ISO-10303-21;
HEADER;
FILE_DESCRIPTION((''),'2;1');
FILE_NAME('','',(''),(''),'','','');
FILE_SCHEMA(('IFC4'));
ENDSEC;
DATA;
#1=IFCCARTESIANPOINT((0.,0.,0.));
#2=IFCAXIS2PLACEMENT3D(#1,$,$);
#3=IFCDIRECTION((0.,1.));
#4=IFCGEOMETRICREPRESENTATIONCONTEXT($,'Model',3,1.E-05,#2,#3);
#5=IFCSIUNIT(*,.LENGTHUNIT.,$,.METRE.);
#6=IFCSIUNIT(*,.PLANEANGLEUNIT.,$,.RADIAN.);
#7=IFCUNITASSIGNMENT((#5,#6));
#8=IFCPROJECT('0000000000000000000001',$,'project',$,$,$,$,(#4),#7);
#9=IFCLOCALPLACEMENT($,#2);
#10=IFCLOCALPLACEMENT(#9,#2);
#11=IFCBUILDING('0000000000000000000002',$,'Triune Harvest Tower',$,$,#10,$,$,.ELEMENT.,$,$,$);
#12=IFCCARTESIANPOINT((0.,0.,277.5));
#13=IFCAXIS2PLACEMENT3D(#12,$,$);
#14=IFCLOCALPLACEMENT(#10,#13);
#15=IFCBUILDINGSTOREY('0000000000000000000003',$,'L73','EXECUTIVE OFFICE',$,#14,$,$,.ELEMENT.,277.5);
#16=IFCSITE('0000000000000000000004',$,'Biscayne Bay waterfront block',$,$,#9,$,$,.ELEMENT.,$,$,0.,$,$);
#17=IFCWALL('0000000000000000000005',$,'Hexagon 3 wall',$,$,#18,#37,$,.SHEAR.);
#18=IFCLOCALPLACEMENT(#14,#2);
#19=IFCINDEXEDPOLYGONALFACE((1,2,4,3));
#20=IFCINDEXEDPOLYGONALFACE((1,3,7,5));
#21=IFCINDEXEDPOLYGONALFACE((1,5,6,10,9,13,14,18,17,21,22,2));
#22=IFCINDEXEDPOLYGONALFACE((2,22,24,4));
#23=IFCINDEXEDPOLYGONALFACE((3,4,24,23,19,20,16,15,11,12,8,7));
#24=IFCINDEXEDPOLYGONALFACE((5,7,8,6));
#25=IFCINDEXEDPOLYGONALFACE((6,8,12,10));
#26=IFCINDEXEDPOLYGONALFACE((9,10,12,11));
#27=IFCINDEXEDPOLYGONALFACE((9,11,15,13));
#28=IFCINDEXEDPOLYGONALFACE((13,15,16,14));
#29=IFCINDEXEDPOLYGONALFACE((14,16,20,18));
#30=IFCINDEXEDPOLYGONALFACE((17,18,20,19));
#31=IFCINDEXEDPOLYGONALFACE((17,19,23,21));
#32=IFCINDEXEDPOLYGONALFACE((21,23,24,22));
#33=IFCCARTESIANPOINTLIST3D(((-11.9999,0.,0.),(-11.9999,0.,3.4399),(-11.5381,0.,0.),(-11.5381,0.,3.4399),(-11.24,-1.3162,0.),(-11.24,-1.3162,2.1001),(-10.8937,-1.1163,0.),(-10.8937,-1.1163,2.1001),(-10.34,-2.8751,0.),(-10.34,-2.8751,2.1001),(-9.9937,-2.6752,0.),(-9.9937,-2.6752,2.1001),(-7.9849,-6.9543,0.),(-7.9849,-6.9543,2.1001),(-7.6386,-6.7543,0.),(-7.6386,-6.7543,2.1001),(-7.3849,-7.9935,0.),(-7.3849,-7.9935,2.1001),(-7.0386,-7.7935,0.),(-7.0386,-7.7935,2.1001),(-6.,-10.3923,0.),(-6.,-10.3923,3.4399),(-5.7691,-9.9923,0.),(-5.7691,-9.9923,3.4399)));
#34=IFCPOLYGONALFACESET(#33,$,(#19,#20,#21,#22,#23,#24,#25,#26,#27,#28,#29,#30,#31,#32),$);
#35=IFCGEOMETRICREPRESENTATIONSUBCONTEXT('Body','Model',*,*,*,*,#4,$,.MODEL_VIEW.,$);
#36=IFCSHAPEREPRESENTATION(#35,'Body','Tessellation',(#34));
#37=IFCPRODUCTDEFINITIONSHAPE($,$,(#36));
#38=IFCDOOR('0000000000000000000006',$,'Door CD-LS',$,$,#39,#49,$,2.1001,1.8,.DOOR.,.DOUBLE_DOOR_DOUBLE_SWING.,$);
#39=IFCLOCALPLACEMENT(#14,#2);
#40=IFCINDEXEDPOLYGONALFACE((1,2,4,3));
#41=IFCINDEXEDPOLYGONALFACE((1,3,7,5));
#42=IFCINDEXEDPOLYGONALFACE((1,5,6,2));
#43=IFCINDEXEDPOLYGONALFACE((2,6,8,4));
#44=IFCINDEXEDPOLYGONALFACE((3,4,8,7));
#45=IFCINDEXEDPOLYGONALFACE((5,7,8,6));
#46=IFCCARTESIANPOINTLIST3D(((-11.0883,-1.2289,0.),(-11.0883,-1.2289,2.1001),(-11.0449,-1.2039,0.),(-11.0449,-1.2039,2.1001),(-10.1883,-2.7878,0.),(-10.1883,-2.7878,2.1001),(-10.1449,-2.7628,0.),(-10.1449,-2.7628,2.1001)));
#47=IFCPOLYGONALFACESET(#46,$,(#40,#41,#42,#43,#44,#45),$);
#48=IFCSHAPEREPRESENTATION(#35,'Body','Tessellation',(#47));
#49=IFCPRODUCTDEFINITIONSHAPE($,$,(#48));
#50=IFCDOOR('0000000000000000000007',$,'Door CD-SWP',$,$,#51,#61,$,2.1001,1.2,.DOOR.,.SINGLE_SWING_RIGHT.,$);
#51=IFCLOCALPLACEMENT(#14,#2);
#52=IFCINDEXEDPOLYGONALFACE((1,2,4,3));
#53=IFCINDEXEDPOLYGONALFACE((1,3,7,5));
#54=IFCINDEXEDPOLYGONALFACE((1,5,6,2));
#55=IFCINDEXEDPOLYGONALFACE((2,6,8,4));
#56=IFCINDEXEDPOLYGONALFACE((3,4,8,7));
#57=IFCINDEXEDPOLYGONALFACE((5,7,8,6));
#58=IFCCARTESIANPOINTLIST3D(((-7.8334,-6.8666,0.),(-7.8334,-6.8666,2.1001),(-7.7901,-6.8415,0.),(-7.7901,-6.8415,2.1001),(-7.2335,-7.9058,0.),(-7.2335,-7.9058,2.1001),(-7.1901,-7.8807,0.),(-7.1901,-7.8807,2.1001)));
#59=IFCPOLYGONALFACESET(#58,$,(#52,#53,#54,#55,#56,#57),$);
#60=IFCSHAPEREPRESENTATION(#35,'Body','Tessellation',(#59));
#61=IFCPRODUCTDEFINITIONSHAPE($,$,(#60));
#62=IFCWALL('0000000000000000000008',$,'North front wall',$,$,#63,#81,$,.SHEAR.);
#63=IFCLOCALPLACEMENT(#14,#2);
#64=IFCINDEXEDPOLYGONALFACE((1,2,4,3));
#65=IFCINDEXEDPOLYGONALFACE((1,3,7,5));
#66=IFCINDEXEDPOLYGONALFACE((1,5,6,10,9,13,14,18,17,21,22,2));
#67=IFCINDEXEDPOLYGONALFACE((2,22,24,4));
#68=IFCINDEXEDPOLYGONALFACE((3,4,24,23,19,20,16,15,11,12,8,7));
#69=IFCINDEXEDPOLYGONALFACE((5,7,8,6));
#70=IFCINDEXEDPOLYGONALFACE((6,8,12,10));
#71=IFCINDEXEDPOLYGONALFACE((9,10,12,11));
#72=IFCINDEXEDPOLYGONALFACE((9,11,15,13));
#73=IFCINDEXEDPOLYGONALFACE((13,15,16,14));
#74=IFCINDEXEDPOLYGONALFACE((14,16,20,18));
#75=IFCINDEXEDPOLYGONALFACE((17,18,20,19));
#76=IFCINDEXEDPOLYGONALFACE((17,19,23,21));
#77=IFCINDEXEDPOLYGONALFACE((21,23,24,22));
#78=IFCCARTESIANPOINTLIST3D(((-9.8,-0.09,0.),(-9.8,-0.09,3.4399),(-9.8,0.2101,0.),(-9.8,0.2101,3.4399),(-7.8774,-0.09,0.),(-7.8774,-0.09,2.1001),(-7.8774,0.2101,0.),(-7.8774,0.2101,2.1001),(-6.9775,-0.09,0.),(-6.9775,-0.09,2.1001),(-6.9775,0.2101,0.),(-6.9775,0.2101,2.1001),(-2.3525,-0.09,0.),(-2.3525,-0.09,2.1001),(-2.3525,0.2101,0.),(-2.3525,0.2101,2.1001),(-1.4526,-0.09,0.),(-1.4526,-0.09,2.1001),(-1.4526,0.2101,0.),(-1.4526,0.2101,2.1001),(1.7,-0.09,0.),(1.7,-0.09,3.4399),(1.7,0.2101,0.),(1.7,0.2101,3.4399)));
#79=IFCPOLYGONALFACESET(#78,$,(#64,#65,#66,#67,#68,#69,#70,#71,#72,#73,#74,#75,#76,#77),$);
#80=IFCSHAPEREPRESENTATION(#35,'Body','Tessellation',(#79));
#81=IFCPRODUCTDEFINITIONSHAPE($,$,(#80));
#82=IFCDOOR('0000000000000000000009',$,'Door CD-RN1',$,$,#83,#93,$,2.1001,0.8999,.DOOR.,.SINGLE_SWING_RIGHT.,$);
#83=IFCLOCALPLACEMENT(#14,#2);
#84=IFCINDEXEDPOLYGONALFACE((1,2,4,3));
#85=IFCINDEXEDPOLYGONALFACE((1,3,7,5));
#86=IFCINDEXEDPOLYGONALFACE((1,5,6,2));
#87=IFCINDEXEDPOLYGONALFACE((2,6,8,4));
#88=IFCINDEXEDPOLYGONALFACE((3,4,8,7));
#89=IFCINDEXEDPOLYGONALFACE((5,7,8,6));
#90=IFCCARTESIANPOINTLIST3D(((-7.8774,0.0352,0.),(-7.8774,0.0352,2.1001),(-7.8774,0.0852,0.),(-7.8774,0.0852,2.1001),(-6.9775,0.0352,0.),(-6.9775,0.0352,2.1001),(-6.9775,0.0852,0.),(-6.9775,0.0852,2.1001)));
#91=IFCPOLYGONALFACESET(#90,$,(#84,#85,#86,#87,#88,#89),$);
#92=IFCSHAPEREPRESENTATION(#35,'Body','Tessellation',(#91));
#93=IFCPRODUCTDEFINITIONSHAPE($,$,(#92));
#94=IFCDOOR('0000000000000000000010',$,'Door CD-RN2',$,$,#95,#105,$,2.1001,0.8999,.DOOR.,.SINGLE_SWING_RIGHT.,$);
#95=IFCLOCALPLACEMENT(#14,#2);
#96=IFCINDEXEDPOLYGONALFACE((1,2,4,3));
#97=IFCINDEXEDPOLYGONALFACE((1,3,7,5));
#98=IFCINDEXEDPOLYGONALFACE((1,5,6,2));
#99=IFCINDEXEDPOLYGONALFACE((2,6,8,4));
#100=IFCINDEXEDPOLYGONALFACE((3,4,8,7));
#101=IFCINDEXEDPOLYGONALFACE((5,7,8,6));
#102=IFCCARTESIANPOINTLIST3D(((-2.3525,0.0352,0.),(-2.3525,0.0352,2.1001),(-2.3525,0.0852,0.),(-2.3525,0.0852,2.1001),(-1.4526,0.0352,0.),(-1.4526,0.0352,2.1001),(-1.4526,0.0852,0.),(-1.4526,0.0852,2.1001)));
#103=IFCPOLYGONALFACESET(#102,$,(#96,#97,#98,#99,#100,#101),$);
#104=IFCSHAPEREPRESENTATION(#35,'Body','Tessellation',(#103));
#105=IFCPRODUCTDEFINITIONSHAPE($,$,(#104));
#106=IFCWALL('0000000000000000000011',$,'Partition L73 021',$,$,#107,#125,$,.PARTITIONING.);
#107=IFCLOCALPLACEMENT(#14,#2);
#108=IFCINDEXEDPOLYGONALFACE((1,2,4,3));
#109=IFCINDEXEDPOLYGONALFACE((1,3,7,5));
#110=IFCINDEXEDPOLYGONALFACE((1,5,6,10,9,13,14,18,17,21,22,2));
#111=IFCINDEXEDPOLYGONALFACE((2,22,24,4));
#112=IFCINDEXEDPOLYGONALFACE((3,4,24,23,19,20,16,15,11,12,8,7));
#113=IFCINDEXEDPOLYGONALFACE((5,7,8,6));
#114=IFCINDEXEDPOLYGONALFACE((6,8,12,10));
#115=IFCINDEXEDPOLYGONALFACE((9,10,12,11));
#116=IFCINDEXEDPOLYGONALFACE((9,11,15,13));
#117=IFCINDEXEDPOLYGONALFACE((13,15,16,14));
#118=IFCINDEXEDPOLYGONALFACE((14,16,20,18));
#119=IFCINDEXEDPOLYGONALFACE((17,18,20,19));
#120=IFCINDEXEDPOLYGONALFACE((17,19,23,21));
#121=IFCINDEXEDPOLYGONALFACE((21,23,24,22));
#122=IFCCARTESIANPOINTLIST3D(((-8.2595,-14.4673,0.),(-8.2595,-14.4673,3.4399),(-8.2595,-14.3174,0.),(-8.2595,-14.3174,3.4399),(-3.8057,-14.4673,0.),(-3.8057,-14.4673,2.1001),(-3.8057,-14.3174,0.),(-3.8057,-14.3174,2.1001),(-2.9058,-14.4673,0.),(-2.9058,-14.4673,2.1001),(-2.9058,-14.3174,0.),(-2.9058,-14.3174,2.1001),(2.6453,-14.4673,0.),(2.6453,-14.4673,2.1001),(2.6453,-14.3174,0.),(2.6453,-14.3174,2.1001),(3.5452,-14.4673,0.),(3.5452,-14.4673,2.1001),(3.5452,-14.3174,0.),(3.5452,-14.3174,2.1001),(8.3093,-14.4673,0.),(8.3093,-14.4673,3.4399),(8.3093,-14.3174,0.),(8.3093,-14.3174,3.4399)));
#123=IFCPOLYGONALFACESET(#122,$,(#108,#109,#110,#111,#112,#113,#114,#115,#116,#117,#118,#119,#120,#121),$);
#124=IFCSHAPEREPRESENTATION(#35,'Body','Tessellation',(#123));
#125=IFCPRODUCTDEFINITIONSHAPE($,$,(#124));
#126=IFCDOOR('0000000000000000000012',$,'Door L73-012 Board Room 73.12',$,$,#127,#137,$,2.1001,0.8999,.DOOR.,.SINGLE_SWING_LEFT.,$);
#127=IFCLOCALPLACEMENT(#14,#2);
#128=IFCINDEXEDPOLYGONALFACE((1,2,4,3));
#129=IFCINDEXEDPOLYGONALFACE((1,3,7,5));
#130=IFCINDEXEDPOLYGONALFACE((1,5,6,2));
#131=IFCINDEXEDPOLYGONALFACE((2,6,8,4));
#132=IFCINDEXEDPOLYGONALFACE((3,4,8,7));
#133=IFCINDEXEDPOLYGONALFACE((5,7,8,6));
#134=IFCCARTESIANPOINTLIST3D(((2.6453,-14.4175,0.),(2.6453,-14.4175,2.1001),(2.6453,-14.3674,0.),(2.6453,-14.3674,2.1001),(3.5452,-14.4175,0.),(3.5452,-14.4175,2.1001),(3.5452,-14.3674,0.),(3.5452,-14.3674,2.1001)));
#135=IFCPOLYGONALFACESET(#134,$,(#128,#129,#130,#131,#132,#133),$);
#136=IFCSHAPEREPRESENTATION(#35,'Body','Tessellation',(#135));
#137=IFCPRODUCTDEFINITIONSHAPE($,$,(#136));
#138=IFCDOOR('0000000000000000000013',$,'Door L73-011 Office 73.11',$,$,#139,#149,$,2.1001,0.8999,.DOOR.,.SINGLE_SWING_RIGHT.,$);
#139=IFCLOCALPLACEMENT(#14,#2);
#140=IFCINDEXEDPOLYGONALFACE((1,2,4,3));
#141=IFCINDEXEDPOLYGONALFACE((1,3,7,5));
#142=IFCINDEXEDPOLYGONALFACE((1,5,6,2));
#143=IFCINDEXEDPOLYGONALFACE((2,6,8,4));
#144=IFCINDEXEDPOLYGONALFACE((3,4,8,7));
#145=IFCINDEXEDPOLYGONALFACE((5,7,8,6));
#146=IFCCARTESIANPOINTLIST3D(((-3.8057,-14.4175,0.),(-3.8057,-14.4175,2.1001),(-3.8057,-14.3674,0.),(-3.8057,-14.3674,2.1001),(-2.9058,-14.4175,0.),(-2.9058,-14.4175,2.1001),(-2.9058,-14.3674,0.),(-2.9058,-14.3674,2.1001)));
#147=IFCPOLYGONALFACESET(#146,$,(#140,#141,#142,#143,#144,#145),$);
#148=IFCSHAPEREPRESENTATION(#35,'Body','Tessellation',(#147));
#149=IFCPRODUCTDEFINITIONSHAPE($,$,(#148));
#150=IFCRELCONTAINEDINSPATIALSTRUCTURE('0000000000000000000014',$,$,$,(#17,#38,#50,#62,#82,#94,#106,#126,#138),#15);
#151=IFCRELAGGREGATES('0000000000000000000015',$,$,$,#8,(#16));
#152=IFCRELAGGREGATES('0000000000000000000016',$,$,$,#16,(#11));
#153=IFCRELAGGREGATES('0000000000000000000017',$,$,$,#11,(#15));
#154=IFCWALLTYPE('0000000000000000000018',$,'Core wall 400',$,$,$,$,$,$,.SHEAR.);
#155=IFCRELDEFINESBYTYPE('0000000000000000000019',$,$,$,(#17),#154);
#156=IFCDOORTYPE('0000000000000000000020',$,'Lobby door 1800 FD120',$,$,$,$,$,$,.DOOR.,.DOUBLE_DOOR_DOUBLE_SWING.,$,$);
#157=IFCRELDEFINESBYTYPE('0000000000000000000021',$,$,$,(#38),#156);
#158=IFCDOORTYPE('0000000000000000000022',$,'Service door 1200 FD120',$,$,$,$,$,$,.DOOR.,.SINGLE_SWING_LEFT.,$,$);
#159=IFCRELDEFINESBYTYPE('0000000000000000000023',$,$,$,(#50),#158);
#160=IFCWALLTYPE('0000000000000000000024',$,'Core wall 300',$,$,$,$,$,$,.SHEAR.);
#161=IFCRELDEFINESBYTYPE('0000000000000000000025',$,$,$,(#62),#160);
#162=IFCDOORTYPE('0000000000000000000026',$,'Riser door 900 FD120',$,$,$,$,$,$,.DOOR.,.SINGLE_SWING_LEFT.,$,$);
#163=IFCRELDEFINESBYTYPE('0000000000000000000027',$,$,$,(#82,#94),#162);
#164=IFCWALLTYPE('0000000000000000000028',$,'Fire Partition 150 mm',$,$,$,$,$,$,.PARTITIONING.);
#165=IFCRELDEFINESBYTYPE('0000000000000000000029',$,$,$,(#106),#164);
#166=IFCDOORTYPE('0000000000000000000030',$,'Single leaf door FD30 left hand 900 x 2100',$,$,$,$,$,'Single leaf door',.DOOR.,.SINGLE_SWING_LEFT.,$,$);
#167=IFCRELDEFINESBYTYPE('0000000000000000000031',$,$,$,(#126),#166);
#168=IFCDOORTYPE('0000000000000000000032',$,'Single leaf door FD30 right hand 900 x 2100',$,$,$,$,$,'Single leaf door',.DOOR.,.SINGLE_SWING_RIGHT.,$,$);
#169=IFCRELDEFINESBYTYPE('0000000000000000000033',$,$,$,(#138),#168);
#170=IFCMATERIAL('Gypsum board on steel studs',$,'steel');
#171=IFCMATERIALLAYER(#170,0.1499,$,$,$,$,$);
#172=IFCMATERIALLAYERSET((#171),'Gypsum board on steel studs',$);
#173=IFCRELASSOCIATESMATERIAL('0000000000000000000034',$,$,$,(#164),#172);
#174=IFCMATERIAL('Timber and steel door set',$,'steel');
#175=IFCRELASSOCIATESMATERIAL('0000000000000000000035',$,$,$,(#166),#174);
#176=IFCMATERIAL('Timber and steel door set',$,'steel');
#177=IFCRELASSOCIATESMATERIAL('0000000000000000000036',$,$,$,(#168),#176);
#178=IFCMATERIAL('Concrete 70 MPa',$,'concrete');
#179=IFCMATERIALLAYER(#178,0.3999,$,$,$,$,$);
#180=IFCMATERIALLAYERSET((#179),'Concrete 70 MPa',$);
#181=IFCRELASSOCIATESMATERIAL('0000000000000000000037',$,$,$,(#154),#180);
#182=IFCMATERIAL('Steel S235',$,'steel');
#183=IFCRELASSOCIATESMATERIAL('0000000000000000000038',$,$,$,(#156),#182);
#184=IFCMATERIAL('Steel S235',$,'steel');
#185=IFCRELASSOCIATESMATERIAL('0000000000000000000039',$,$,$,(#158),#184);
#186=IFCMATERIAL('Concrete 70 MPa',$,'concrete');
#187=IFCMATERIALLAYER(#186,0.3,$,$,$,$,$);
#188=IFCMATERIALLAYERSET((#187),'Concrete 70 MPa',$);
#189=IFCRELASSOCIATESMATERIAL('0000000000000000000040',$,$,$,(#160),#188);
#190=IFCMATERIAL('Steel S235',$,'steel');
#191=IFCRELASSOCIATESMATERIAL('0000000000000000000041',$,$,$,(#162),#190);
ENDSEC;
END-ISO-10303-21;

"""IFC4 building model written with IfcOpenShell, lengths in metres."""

from ifc_helpers import new_model, si_unit, direction, frame, frame_2d, origin, place, context, subcontext, project, spatial, polyline, rectangle, outline, extrude, source, transform, mapped, material, layer, layer_set, type_object, element, fill, save


model = new_model("IFC4")

# Units and contexts
model_context = context("Model", 3, precision=1e-05, world=origin(), true_north=direction((0.0, 1.0)))
body_context = subcontext(model_context, "Body", "Model", "MODEL_VIEW")
ifc_project = project(units=[si_unit("LENGTHUNIT", "METRE"), si_unit("PLANEANGLEUNIT", "RADIAN")], contexts=[model_context])

# Site, building, storey
site_placement = place(None, origin())
site = spatial("IfcSite", under=ifc_project, at=site_placement, Name="Biscayne Bay waterfront block", CompositionType="ELEMENT", RefElevation=0.0)
building_placement = place(site_placement, origin())
building = spatial("IfcBuilding", under=site, at=building_placement, Name="Triune Harvest Tower", CompositionType="ELEMENT")
storey_placement = place(building_placement, frame((0.0, 0.0, 277.5)))
storey = spatial("IfcBuildingStorey", under=building, at=storey_placement, Name="L73", Description="EXECUTIVE OFFICE", CompositionType="ELEMENT", Elevation=277.5)

# Shared definitions
ifc_material_1 = material(Name="Gypsum board on steel studs", Category="steel")
ifc_layer_1 = layer(ifc_material_1, 0.1499)
ifc_layer_set_1 = layer_set([ifc_layer_1], Name="Gypsum board on steel studs")
wall_type_1 = type_object("IfcWallType", Name="Fire Partition 150 mm", PredefinedType="PARTITIONING", material=ifc_layer_set_1)
ifc_material_2 = material(Name="Timber and steel door set", Category="steel")
door_type_1 = type_object("IfcDoorType", Name="Single leaf door FD30 left hand 900 x 2100", ElementType="Single leaf door", OperationType="SINGLE_SWING_LEFT", PredefinedType="DOOR", material=ifc_material_2)
ifc_material_3 = material(Name="Timber and steel door set", Category="steel")
door_type_2 = type_object("IfcDoorType", Name="Single leaf door FD30 right hand 900 x 2100", ElementType="Single leaf door", OperationType="SINGLE_SWING_RIGHT", PredefinedType="DOOR", material=ifc_material_3)

# Walls, openings, doors
ifc_material_4 = material(Name="Concrete 70 MPa", Category="concrete")
ifc_layer_2 = layer(ifc_material_4, 0.3999)
ifc_layer_set_2 = layer_set([ifc_layer_2], Name="Concrete 70 MPa")
wall_type_2 = type_object("IfcWallType", Name="Core wall 400", PredefinedType="SHEAR", material=ifc_layer_set_2)
shared_shape_1 = source(origin(), body_context, "Body", "SweptSolid", [
    extrude(outline(polyline([(-0.1155, -0.2), (11.8845, -0.2), (11.6536, 0.2), (0.1155, 0.2), (-0.1155, -0.2)])), origin(), (0.0, 0.0, 1.0), 3.4399),
])
wall_1_placement = place(storey_placement, frame((-11.769, 0.0, 0.0), z_axis=(0.0, 0.0, 1.0), x_axis=(0.499997, -0.866027, 0.0)))
wall_1 = element("IfcWall", 1, at=wall_1_placement, inside=storey, type_object=wall_type_2, Name="Hexagon 3 wall", PredefinedType="SHEAR", context=body_context, shape_type="MappedRepresentation", body=[
    mapped(shared_shape_1, transform((0.0, 0.0, 0.0), scale=1.0)),
])
opening_1_placement = place(wall_1_placement, frame((1.4045, 0.0, 0.0)))
opening_1 = element("IfcOpeningElement", 2, at=opening_1_placement, cuts=wall_1, PredefinedType="OPENING", context=body_context, shape_type="SweptSolid", body=[
    extrude(rectangle(XDim=1.8, YDim=2.1001, at=frame_2d((0.8999, 1.05))), frame((0.0, 0.21, 0.0), z_axis=(0.0, -1.0, 0.0), x_axis=(1.0, 0.0, 0.0)), (0.0, 0.0, 1.0), 0.4199),
])
opening_2_placement = place(wall_1_placement, frame((7.9146, 0.0, 0.0)))
opening_2 = element("IfcOpeningElement", 3, at=opening_2_placement, cuts=wall_1, PredefinedType="OPENING", context=body_context, shape_type="SweptSolid", body=[
    extrude(rectangle(XDim=1.2, YDim=2.1001, at=frame_2d((0.6001, 1.05))), frame((0.0, 0.21, 0.0), z_axis=(0.0, -1.0, 0.0), x_axis=(1.0, 0.0, 0.0)), (0.0, 0.0, 1.0), 0.4199),
])
ifc_material_5 = material(Name="Steel S235", Category="steel")
door_type_3 = type_object("IfcDoorType", Name="Lobby door 1800 FD120", OperationType="DOUBLE_DOOR_DOUBLE_SWING", PredefinedType="DOOR", material=ifc_material_5)
door_1_placement = place(opening_1_placement, frame((1.8, 0.0, 0.0), z_axis=(0.0, 0.0, 1.0), x_axis=(-1.0, 0.0, 0.0)))
door_1 = element("IfcDoor", 4, at=door_1_placement, inside=storey, type_object=door_type_3, Name="Door CD-LS", OperationType="DOUBLE_DOOR_DOUBLE_SWING", OverallHeight=2.1001, OverallWidth=1.8, PredefinedType="DOOR", context=body_context, shape_type="SweptSolid", body=[
    extrude(rectangle(XDim=1.8, YDim=2.1001, at=frame_2d((0.8999, 1.05))), frame((0.0, 0.0249, 0.0), z_axis=(0.0, -1.0, 0.0), x_axis=(1.0, 0.0, 0.0)), (0.0, 0.0, 1.0), 0.05),
])
fill(opening_1, door_1)
ifc_material_6 = material(Name="Steel S235", Category="steel")
door_type_4 = type_object("IfcDoorType", Name="Service door 1200 FD120", OperationType="SINGLE_SWING_LEFT", PredefinedType="DOOR", material=ifc_material_6)
door_2_placement = place(opening_2_placement, frame((1.2, 0.0, 0.0), z_axis=(0.0, 0.0, 1.0), x_axis=(-1.0, 0.0, 0.0)))
door_2 = element("IfcDoor", 5, at=door_2_placement, inside=storey, type_object=door_type_4, Name="Door CD-SWP", OperationType="SINGLE_SWING_RIGHT", OverallHeight=2.1001, OverallWidth=1.2, PredefinedType="DOOR", context=body_context, shape_type="SweptSolid", body=[
    extrude(rectangle(XDim=1.2, YDim=2.1001, at=frame_2d((0.6001, 1.05))), frame((0.0, 0.0249, 0.0), z_axis=(0.0, -1.0, 0.0), x_axis=(1.0, 0.0, 0.0)), (0.0, 0.0, 1.0), 0.05),
])
fill(opening_2, door_2)
ifc_material_7 = material(Name="Concrete 70 MPa", Category="concrete")
ifc_layer_3 = layer(ifc_material_7, 0.3)
ifc_layer_set_3 = layer_set([ifc_layer_3], Name="Concrete 70 MPa")
wall_type_3 = type_object("IfcWallType", Name="Core wall 300", PredefinedType="SHEAR", material=ifc_layer_set_3)
shared_shape_2 = source(origin(), body_context, "Body", "SweptSolid", [
    extrude(rectangle(XDim=11.5, YDim=0.3, at=frame_2d((5.75, 0.0))), origin(), (0.0, 0.0, 1.0), 3.4399),
])
wall_2_placement = place(storey_placement, frame((-9.8, 0.0601, 0.0), z_axis=(0.0, 0.0, 1.0), x_axis=(1.0, 0.0, 0.0)))
wall_2 = element("IfcWall", 6, at=wall_2_placement, inside=storey, type_object=wall_type_3, Name="North front wall", PredefinedType="SHEAR", context=body_context, shape_type="MappedRepresentation", body=[
    mapped(shared_shape_2, transform((0.0, 0.0, 0.0), scale=1.0)),
])
opening_3_placement = place(wall_2_placement, frame((1.9226, 0.0, 0.0)))
opening_3 = element("IfcOpeningElement", 7, at=opening_3_placement, cuts=wall_2, PredefinedType="OPENING", context=body_context, shape_type="SweptSolid", body=[
    extrude(rectangle(XDim=0.8999, YDim=2.1001, at=frame_2d((0.45, 1.05))), frame((0.0, 0.1602, 0.0), z_axis=(0.0, -1.0, 0.0), x_axis=(1.0, 0.0, 0.0)), (0.0, 0.0, 1.0), 0.3201),
])
opening_4_placement = place(wall_2_placement, frame((7.4475, 0.0, 0.0)))
opening_4 = element("IfcOpeningElement", 8, at=opening_4_placement, cuts=wall_2, PredefinedType="OPENING", context=body_context, shape_type="SweptSolid", body=[
    extrude(rectangle(XDim=0.8999, YDim=2.1001, at=frame_2d((0.45, 1.05))), frame((0.0, 0.1602, 0.0), z_axis=(0.0, -1.0, 0.0), x_axis=(1.0, 0.0, 0.0)), (0.0, 0.0, 1.0), 0.3201),
])
ifc_material_8 = material(Name="Steel S235", Category="steel")
door_type_5 = type_object("IfcDoorType", Name="Riser door 900 FD120", OperationType="SINGLE_SWING_LEFT", PredefinedType="DOOR", material=ifc_material_8)
door_3_placement = place(opening_3_placement, frame((0.8999, 0.0, 0.0), z_axis=(0.0, 0.0, 1.0), x_axis=(-1.0, 0.0, 0.0)))
door_3 = element("IfcDoor", 9, at=door_3_placement, inside=storey, type_object=door_type_5, Name="Door CD-RN1", OperationType="SINGLE_SWING_RIGHT", OverallHeight=2.1001, OverallWidth=0.8999, PredefinedType="DOOR", context=body_context, shape_type="SweptSolid", body=[
    extrude(rectangle(XDim=0.8999, YDim=2.1001, at=frame_2d((0.45, 1.05))), frame((0.0, 0.0249, 0.0), z_axis=(0.0, -1.0, 0.0), x_axis=(1.0, 0.0, 0.0)), (0.0, 0.0, 1.0), 0.05),
])
fill(opening_3, door_3)
door_4_placement = place(opening_4_placement, frame((0.8999, 0.0, 0.0), z_axis=(0.0, 0.0, 1.0), x_axis=(-1.0, 0.0, 0.0)))
door_4 = element("IfcDoor", 10, at=door_4_placement, inside=storey, type_object=door_type_5, Name="Door CD-RN2", OperationType="SINGLE_SWING_RIGHT", OverallHeight=2.1001, OverallWidth=0.8999, PredefinedType="DOOR", context=body_context, shape_type="SweptSolid", body=[
    extrude(rectangle(XDim=0.8999, YDim=2.1001, at=frame_2d((0.45, 1.05))), frame((0.0, 0.0249, 0.0), z_axis=(0.0, -1.0, 0.0), x_axis=(1.0, 0.0, 0.0)), (0.0, 0.0, 1.0), 0.05),
])
fill(opening_4, door_4)

# Wall, openings, doors
shared_shape_3 = source(origin(), body_context, "Body", "SweptSolid", [
    extrude(rectangle(XDim=16.5688, YDim=0.1499, at=frame_2d((8.2844, 0.0))), origin(), (0.0, 0.0, 1.0), 3.4399),
])
wall_3_placement = place(storey_placement, frame((-8.2595, -14.3923, 0.0), z_axis=(0.0, 0.0, 1.0), x_axis=(1.0, 0.0, 0.0)))
wall_3 = element("IfcWall", 11, at=wall_3_placement, inside=storey, type_object=wall_type_1, Name="Partition L73 021", PredefinedType="PARTITIONING", context=body_context, shape_type="MappedRepresentation", body=[
    mapped(shared_shape_3, transform((0.0, 0.0, 0.0), scale=1.0)),
])
opening_5_placement = place(wall_3_placement, frame((4.4539, 0.0, 0.0)))
opening_5 = element("IfcOpeningElement", 12, at=opening_5_placement, cuts=wall_3, PredefinedType="OPENING", context=body_context, shape_type="SweptSolid", body=[
    extrude(rectangle(XDim=0.8999, YDim=2.1001, at=frame_2d((0.45, 1.05))), frame((0.0, 0.085, 0.0), z_axis=(0.0, -1.0, 0.0), x_axis=(1.0, 0.0, 0.0)), (0.0, 0.0, 1.0), 0.1699),
])
opening_6_placement = place(wall_3_placement, frame((10.9048, 0.0, 0.0)))
opening_6 = element("IfcOpeningElement", 13, at=opening_6_placement, cuts=wall_3, PredefinedType="OPENING", context=body_context, shape_type="SweptSolid", body=[
    extrude(rectangle(XDim=0.8999, YDim=2.1001, at=frame_2d((0.45, 1.05))), frame((0.0, 0.085, 0.0), z_axis=(0.0, -1.0, 0.0), x_axis=(1.0, 0.0, 0.0)), (0.0, 0.0, 1.0), 0.1699),
])
door_5_placement = place(opening_6_placement, origin())
door_5 = element("IfcDoor", 14, at=door_5_placement, inside=storey, type_object=door_type_1, Name="Door L73-012 Board Room 73.12", OperationType="SINGLE_SWING_LEFT", OverallHeight=2.1001, OverallWidth=0.8999, PredefinedType="DOOR", context=body_context, shape_type="SweptSolid", body=[
    extrude(rectangle(XDim=0.8999, YDim=2.1001, at=frame_2d((0.45, 1.05))), frame((0.0, 0.0249, 0.0), z_axis=(0.0, -1.0, 0.0), x_axis=(1.0, 0.0, 0.0)), (0.0, 0.0, 1.0), 0.05),
])
fill(opening_6, door_5)
door_6_placement = place(opening_5_placement, origin())
door_6 = element("IfcDoor", 15, at=door_6_placement, inside=storey, type_object=door_type_2, Name="Door L73-011 Office 73.11", OperationType="SINGLE_SWING_RIGHT", OverallHeight=2.1001, OverallWidth=0.8999, PredefinedType="DOOR", context=body_context, shape_type="SweptSolid", body=[
    extrude(rectangle(XDim=0.8999, YDim=2.1001, at=frame_2d((0.45, 1.05))), frame((0.0, 0.0249, 0.0), z_axis=(0.0, -1.0, 0.0), x_axis=(1.0, 0.0, 0.0)), (0.0, 0.0, 1.0), 0.05),
])
fill(opening_5, door_6)

save(model, "model.ifc")
